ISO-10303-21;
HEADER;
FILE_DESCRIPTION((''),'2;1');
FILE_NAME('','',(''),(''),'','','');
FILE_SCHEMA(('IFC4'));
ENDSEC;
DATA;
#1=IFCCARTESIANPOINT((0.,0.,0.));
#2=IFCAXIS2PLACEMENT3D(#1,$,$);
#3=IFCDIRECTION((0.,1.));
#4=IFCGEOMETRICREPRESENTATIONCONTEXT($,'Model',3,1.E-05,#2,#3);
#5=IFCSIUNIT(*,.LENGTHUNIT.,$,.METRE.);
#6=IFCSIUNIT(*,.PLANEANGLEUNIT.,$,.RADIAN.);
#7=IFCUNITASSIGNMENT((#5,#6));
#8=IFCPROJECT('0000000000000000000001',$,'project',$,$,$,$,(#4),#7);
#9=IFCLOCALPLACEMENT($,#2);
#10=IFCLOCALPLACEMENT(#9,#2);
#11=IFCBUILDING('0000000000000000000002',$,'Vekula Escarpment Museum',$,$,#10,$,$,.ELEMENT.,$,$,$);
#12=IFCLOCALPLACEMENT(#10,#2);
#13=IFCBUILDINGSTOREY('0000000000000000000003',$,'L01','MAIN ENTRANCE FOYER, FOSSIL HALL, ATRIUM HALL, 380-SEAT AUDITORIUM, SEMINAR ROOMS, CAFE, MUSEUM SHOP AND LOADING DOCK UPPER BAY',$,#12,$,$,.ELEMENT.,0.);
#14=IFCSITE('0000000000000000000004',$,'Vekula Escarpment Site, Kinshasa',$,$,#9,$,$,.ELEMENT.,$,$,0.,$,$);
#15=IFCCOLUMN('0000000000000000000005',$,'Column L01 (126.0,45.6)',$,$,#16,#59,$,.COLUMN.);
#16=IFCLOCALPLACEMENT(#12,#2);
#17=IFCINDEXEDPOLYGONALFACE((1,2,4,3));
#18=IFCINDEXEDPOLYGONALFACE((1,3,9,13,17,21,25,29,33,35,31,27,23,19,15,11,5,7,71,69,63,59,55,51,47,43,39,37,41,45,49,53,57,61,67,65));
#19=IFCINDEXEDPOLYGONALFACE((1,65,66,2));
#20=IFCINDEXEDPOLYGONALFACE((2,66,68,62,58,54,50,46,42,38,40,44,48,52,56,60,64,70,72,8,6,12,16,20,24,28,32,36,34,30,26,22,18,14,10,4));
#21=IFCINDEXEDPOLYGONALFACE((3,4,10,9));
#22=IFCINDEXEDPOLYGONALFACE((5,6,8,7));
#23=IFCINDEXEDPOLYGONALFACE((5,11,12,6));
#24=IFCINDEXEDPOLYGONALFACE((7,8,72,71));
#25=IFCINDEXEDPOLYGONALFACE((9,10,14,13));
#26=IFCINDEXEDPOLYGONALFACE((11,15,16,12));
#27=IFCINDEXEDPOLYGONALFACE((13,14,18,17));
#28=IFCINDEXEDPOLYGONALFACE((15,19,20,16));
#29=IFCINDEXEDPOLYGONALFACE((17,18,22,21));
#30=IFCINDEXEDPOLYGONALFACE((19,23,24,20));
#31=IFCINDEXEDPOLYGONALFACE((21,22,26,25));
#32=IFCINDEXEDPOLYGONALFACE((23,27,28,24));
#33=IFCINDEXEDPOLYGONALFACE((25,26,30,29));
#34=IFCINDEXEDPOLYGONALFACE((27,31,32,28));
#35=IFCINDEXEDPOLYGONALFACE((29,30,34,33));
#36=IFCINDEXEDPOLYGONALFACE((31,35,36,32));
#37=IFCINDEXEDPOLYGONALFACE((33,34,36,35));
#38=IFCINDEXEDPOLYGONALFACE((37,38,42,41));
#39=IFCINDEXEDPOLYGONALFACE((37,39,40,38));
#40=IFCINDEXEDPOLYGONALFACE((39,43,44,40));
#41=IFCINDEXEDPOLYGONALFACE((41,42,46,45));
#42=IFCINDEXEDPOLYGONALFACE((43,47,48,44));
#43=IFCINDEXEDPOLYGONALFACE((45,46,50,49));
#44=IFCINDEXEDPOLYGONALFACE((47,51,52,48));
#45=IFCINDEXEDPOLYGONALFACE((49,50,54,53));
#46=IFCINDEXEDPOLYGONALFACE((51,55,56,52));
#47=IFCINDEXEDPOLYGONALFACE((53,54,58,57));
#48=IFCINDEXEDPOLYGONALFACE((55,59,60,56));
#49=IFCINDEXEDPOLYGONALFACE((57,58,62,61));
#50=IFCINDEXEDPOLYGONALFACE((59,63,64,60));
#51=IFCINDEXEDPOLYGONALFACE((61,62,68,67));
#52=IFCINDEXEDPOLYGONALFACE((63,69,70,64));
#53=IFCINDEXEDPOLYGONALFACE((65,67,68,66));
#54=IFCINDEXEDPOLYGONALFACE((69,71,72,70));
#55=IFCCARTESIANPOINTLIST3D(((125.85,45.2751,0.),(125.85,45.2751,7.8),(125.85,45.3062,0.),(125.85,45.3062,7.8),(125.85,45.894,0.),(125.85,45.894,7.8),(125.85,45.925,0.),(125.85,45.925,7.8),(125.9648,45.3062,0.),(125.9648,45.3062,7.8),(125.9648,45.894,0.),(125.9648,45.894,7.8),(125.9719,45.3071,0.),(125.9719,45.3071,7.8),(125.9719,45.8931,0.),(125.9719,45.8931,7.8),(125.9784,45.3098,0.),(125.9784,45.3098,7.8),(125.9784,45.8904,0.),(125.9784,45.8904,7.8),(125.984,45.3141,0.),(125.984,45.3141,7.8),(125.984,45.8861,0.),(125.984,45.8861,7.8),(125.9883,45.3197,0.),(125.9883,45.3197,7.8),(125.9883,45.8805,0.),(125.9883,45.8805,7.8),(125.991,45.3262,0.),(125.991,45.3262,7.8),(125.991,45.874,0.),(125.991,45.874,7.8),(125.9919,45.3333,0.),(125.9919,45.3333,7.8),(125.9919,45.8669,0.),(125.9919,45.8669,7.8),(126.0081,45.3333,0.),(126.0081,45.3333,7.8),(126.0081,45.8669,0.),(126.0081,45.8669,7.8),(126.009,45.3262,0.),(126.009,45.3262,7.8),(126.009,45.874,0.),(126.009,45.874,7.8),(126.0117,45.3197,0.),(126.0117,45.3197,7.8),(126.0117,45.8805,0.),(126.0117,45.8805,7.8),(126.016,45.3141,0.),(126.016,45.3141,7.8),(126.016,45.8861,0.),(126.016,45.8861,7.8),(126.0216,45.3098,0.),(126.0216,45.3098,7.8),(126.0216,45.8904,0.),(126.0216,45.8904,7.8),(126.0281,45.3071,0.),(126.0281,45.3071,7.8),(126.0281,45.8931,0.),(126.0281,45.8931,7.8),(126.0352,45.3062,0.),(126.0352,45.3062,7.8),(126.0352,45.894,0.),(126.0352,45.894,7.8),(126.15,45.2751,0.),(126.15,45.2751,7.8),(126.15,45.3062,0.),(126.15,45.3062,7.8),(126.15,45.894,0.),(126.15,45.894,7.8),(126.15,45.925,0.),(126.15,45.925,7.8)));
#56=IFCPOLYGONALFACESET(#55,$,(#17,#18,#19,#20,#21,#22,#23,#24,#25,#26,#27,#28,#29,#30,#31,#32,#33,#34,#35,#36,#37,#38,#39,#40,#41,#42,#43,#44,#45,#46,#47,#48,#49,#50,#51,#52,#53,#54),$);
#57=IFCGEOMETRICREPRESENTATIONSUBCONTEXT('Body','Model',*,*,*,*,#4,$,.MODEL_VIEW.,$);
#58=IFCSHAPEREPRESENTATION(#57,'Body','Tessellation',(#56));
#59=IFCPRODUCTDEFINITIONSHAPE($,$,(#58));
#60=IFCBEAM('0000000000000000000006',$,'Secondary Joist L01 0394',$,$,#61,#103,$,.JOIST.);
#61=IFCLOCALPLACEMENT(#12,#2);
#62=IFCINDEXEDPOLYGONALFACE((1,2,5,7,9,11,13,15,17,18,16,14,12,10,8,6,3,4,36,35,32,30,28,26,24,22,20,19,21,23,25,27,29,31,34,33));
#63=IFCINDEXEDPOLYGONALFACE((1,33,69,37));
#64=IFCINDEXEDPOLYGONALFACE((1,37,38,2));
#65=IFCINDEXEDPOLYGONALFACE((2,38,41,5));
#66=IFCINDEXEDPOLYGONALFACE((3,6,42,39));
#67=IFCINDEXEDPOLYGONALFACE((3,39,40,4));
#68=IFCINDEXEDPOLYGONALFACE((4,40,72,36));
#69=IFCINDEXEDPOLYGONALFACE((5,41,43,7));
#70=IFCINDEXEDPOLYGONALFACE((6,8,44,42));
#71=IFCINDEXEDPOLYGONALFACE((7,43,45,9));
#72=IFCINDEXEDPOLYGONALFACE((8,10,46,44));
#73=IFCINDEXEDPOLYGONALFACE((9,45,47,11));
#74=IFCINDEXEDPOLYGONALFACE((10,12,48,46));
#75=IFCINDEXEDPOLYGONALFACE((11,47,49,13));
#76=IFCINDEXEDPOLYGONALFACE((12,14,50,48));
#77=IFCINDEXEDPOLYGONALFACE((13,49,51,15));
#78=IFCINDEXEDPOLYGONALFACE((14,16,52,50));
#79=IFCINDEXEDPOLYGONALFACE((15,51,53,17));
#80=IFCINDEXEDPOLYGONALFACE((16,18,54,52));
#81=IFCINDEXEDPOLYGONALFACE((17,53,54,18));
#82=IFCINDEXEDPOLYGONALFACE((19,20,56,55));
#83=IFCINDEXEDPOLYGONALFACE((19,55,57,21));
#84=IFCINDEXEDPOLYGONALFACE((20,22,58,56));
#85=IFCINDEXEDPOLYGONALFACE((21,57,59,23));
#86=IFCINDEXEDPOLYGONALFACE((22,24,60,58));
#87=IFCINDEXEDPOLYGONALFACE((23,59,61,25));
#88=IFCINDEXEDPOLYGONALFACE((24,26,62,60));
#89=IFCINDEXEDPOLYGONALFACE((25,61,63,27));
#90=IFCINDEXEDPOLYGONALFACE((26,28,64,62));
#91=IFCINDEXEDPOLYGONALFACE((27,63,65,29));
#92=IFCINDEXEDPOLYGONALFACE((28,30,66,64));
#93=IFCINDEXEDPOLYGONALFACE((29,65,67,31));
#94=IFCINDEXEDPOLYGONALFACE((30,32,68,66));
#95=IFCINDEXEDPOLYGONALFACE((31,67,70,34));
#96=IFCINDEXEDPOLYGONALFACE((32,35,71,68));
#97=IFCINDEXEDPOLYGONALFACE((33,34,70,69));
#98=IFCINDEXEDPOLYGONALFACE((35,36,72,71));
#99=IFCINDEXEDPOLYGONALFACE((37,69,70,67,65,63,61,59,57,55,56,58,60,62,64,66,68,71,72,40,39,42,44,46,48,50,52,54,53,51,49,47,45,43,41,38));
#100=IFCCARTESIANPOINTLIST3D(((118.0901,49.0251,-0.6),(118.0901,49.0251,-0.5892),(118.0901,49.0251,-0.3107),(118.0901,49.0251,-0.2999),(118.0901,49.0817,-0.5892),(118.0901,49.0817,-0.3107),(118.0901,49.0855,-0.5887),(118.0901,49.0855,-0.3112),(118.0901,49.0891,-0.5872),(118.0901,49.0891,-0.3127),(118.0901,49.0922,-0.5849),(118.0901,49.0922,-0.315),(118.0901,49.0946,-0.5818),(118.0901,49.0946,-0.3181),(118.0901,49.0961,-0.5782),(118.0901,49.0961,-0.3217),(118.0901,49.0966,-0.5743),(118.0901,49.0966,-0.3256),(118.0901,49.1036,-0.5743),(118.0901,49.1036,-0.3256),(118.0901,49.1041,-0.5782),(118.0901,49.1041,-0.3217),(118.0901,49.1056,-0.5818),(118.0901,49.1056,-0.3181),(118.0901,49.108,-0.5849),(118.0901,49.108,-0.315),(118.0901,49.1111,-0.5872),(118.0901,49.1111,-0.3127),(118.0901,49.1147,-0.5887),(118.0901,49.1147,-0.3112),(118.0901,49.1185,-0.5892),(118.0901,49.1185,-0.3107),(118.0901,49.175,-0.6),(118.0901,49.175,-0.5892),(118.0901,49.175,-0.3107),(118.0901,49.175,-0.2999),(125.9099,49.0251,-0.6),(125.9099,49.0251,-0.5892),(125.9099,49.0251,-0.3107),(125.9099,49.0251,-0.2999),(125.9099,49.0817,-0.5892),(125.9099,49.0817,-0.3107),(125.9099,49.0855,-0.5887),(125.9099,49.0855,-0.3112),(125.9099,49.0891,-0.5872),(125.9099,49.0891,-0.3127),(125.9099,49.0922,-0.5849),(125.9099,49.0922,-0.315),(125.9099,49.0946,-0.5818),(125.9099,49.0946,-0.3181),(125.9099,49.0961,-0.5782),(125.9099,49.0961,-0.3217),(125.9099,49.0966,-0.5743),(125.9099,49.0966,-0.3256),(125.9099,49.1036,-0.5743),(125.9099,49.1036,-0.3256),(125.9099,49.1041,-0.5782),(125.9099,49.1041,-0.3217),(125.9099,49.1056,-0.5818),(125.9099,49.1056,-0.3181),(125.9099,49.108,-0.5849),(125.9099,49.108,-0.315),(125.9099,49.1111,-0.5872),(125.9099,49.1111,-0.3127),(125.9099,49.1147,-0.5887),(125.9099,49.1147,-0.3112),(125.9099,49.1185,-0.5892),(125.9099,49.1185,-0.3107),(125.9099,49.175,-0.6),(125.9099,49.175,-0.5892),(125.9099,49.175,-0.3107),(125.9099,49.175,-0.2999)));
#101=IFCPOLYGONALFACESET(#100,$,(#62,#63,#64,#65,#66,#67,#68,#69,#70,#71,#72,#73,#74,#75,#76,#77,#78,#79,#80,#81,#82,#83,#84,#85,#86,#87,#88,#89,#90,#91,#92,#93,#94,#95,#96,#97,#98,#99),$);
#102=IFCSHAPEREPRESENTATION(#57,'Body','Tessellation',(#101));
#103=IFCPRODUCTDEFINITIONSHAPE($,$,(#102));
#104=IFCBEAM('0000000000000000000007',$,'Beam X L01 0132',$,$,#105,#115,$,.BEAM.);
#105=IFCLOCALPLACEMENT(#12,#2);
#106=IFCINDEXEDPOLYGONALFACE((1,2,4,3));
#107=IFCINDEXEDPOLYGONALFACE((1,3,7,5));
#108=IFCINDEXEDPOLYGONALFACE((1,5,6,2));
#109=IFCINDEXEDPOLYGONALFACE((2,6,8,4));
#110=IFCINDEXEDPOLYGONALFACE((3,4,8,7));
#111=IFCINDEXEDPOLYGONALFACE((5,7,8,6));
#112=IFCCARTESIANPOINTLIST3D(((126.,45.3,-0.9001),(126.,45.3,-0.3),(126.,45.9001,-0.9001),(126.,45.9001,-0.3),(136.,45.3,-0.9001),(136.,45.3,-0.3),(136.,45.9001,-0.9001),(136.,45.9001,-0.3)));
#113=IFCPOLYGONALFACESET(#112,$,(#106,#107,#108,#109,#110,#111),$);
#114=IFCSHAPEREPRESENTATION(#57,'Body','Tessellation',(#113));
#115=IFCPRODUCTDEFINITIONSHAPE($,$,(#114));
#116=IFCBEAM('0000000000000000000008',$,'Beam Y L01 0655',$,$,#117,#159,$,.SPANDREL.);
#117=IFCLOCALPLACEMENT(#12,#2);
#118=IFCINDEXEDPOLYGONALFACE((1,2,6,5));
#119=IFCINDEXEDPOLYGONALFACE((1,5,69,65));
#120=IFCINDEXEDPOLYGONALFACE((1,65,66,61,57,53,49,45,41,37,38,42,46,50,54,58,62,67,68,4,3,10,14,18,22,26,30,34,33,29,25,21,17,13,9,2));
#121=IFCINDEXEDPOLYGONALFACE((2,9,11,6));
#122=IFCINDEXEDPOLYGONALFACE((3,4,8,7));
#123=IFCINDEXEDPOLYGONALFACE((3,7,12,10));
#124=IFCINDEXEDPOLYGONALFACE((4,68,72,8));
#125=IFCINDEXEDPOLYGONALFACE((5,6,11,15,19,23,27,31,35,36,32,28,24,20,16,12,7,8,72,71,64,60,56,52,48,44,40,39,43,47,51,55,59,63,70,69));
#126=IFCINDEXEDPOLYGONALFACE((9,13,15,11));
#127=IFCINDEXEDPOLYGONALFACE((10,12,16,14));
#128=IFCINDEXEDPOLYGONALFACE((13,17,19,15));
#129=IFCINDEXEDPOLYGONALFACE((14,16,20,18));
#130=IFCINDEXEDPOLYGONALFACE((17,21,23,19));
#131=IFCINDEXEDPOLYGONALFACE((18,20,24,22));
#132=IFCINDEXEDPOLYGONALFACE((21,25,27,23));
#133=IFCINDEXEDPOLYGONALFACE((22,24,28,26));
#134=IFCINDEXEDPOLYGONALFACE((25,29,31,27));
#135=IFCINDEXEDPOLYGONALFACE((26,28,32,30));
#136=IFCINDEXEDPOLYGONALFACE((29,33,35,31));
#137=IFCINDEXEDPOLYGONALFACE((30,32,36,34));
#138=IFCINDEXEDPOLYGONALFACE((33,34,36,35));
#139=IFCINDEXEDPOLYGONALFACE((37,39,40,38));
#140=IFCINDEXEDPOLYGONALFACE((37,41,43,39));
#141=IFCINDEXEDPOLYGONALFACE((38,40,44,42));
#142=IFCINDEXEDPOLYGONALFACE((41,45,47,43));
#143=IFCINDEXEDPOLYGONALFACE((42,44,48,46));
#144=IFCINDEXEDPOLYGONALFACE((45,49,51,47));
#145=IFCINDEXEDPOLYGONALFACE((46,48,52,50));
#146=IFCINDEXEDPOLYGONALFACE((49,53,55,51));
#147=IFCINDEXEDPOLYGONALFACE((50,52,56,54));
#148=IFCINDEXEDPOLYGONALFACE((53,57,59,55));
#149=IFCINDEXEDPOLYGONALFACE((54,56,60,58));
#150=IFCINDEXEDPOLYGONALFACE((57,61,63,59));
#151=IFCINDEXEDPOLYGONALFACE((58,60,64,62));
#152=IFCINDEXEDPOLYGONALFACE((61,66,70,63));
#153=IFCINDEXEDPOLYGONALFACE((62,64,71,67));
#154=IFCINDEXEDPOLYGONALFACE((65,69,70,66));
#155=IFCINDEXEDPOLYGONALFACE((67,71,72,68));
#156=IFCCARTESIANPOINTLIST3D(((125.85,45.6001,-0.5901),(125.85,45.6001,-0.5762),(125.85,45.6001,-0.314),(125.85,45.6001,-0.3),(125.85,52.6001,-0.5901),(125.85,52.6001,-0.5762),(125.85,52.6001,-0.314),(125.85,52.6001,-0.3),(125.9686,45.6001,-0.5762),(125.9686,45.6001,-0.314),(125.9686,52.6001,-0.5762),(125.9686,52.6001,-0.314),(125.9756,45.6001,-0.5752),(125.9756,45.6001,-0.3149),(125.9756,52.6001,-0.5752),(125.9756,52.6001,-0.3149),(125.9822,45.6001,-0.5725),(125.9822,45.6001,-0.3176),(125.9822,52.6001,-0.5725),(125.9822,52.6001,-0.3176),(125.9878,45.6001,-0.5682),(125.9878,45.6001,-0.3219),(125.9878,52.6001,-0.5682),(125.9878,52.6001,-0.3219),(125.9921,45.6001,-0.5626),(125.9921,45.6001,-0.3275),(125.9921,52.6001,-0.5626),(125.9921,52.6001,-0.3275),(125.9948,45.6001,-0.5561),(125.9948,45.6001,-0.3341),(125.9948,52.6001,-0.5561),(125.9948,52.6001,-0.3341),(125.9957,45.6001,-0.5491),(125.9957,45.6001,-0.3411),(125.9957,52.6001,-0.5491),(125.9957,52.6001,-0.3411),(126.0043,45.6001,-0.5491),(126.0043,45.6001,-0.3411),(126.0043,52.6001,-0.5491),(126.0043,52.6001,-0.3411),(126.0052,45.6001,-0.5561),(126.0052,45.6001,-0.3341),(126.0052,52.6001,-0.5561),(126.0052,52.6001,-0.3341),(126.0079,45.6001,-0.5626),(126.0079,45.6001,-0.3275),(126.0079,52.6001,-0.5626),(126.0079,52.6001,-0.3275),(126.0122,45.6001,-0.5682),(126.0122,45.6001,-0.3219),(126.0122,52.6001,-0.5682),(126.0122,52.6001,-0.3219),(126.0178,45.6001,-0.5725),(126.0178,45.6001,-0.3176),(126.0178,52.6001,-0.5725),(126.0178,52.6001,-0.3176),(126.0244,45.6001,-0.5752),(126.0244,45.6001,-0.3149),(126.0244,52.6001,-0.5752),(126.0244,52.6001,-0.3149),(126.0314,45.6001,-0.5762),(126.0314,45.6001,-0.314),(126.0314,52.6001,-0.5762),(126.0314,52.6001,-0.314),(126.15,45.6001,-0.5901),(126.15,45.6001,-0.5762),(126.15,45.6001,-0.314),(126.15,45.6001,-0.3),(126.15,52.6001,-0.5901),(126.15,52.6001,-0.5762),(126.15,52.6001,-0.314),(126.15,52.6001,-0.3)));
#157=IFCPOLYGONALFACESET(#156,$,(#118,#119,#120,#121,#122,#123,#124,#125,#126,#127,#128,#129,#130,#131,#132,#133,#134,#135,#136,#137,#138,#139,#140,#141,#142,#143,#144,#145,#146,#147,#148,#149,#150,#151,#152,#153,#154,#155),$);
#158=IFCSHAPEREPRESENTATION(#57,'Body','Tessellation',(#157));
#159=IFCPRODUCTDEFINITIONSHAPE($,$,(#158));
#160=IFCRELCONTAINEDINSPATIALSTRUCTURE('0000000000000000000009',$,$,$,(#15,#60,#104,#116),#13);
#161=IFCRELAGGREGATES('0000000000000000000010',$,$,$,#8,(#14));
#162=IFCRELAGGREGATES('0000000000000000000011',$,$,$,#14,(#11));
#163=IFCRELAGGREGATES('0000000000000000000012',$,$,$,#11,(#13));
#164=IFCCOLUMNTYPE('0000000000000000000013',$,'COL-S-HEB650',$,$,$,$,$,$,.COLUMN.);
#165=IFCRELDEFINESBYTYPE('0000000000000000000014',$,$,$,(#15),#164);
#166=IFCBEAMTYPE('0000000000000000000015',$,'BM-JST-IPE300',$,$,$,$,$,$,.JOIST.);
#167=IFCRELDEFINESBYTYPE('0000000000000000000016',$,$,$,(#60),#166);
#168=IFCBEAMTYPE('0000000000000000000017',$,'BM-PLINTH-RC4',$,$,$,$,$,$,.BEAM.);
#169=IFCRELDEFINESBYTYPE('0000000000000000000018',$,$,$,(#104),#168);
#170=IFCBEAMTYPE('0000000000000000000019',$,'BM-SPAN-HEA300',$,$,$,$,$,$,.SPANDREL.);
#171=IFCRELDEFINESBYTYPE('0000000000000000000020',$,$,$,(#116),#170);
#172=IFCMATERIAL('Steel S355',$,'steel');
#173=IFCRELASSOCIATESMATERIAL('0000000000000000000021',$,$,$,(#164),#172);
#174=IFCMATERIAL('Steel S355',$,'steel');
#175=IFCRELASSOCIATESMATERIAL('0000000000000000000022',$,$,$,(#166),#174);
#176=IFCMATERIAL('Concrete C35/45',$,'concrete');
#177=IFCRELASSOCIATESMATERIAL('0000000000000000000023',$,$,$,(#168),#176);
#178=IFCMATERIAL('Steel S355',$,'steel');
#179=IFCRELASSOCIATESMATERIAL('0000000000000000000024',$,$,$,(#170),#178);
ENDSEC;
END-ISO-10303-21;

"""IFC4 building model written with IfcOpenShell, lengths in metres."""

from ifc_helpers import new_model, si_unit, direction, frame, origin, origin_2d, place, context, subcontext, project, spatial, rectangle, i_section, extrude, material, material_profile, profile_set, type_object, element, save


model = new_model("IFC4")

# Units and contexts
model_context = context("Model", 3, precision=1e-05, world=origin(), true_north=direction((0.0, 1.0)))
body_context = subcontext(model_context, "Body", "Model", "MODEL_VIEW")
ifc_project = project(units=[si_unit("LENGTHUNIT", "METRE"), si_unit("PLANEANGLEUNIT", "RADIAN")], contexts=[model_context])

# Site, building, storey
site_placement = place(None, origin())
site = spatial("IfcSite", under=ifc_project, at=site_placement, Name="Vekula Escarpment Site, Kinshasa", CompositionType="ELEMENT", RefElevation=0.0)
building_placement = place(site_placement, origin())
building = spatial("IfcBuilding", under=site, at=building_placement, Name="Vekula Escarpment Museum", CompositionType="ELEMENT")
storey_placement = place(building_placement, origin())
storey = spatial("IfcBuildingStorey", under=building, at=storey_placement, Name="L01", Description="MAIN ENTRANCE FOYER, FOSSIL HALL, ATRIUM HALL, 380-SEAT AUDITORIUM, SEMINAR ROOMS, CAFE, MUSEUM SHOP AND LOADING DOCK UPPER BAY", CompositionType="ELEMENT", Elevation=0.0)

# Column
ifc_material_1 = material(Name="Steel S355", Category="steel")
ifc_material_profile_1 = material_profile(ifc_material_1, i_section(OverallWidth=0.3, OverallDepth=0.6499, WebThickness=0.0161, FlangeThickness=0.031, FilletRadius=0.0271, at=origin_2d()), Name="HEB 650")
ifc_profile_set_1 = profile_set([ifc_material_profile_1], Name="Steel S355")
column_type = type_object("IfcColumnType", Name="COL-S-HEB650", PredefinedType="COLUMN", material=ifc_profile_set_1)
column_placement = place(storey_placement, frame((126.0, 45.6001, 0.0), z_axis=(0.0, 0.0, 1.0), x_axis=(1.0, 0.0, 0.0)))
element("IfcColumn", 1, at=column_placement, inside=storey, type_object=column_type, Name="Column L01 (126.0,45.6)", PredefinedType="COLUMN", context=body_context, shape_type="SweptSolid", body=[
    extrude(i_section(OverallWidth=0.3, OverallDepth=0.6499, WebThickness=0.0161, FlangeThickness=0.031, FilletRadius=0.0271, at=origin_2d()), origin(), (0.0, 0.0, 1.0), 7.8),
])

# Beams
ifc_material_2 = material(Name="Steel S355", Category="steel")
ifc_material_profile_2 = material_profile(ifc_material_2, i_section(OverallWidth=0.1499, OverallDepth=0.3, WebThickness=0.0071, FlangeThickness=0.0107, FilletRadius=0.0149, at=origin_2d()), Name="IPE 300")
ifc_profile_set_2 = profile_set([ifc_material_profile_2], Name="Steel S355")
beam_type_1 = type_object("IfcBeamType", Name="BM-JST-IPE300", PredefinedType="JOIST", material=ifc_profile_set_2)
beam_1_placement = place(storey_placement, frame((118.0901, 49.1001, -0.45), z_axis=(1.0, 0.0, 0.0), x_axis=(0.0, 1.0, 0.0)))
element("IfcBeam", 2, at=beam_1_placement, inside=storey, type_object=beam_type_1, Name="Secondary Joist L01 0394", PredefinedType="JOIST", context=body_context, shape_type="SweptSolid", body=[
    extrude(i_section(OverallWidth=0.1499, OverallDepth=0.3, WebThickness=0.0071, FlangeThickness=0.0107, FilletRadius=0.0149, at=origin_2d()), origin(), (0.0, 0.0, 1.0), 7.8198),
])
ifc_material_3 = material(Name="Concrete C35/45", Category="concrete")
ifc_material_profile_3 = material_profile(ifc_material_3, rectangle(XDim=0.6001, YDim=0.6001, at=origin_2d()), Name="RC 600x600")
ifc_profile_set_3 = profile_set([ifc_material_profile_3], Name="Concrete C35/45")
beam_type_2 = type_object("IfcBeamType", Name="BM-PLINTH-RC4", PredefinedType="BEAM", material=ifc_profile_set_3)
beam_2_placement = place(storey_placement, frame((126.0, 45.6001, -0.6001), z_axis=(1.0, 0.0, 0.0), x_axis=(0.0, 1.0, 0.0)))
element("IfcBeam", 3, at=beam_2_placement, inside=storey, type_object=beam_type_2, Name="Beam X L01 0132", PredefinedType="BEAM", context=body_context, shape_type="SweptSolid", body=[
    extrude(rectangle(XDim=0.6001, YDim=0.6001, at=origin_2d()), origin(), (0.0, 0.0, 1.0), 10.0),
])
ifc_material_4 = material(Name="Steel S355", Category="steel")
ifc_material_profile_4 = material_profile(ifc_material_4, i_section(OverallWidth=0.3, OverallDepth=0.29, WebThickness=0.0085, FlangeThickness=0.0139, FilletRadius=0.0271, at=origin_2d()), Name="HEA 300")
ifc_profile_set_4 = profile_set([ifc_material_profile_4], Name="Steel S355")
beam_type_3 = type_object("IfcBeamType", Name="BM-SPAN-HEA300", PredefinedType="SPANDREL", material=ifc_profile_set_4)
beam_3_placement = place(storey_placement, frame((126.0, 45.6001, -0.4451), z_axis=(0.0, 1.0, 0.0), x_axis=(-1.0, 0.0, 0.0)))
element("IfcBeam", 4, at=beam_3_placement, inside=storey, type_object=beam_type_3, Name="Beam Y L01 0655", PredefinedType="SPANDREL", context=body_context, shape_type="SweptSolid", body=[
    extrude(i_section(OverallWidth=0.3, OverallDepth=0.29, WebThickness=0.0085, FlangeThickness=0.0139, FilletRadius=0.0271, at=origin_2d()), origin(), (0.0, 0.0, 1.0), 7.0),
])

save(model, "model.ifc")
